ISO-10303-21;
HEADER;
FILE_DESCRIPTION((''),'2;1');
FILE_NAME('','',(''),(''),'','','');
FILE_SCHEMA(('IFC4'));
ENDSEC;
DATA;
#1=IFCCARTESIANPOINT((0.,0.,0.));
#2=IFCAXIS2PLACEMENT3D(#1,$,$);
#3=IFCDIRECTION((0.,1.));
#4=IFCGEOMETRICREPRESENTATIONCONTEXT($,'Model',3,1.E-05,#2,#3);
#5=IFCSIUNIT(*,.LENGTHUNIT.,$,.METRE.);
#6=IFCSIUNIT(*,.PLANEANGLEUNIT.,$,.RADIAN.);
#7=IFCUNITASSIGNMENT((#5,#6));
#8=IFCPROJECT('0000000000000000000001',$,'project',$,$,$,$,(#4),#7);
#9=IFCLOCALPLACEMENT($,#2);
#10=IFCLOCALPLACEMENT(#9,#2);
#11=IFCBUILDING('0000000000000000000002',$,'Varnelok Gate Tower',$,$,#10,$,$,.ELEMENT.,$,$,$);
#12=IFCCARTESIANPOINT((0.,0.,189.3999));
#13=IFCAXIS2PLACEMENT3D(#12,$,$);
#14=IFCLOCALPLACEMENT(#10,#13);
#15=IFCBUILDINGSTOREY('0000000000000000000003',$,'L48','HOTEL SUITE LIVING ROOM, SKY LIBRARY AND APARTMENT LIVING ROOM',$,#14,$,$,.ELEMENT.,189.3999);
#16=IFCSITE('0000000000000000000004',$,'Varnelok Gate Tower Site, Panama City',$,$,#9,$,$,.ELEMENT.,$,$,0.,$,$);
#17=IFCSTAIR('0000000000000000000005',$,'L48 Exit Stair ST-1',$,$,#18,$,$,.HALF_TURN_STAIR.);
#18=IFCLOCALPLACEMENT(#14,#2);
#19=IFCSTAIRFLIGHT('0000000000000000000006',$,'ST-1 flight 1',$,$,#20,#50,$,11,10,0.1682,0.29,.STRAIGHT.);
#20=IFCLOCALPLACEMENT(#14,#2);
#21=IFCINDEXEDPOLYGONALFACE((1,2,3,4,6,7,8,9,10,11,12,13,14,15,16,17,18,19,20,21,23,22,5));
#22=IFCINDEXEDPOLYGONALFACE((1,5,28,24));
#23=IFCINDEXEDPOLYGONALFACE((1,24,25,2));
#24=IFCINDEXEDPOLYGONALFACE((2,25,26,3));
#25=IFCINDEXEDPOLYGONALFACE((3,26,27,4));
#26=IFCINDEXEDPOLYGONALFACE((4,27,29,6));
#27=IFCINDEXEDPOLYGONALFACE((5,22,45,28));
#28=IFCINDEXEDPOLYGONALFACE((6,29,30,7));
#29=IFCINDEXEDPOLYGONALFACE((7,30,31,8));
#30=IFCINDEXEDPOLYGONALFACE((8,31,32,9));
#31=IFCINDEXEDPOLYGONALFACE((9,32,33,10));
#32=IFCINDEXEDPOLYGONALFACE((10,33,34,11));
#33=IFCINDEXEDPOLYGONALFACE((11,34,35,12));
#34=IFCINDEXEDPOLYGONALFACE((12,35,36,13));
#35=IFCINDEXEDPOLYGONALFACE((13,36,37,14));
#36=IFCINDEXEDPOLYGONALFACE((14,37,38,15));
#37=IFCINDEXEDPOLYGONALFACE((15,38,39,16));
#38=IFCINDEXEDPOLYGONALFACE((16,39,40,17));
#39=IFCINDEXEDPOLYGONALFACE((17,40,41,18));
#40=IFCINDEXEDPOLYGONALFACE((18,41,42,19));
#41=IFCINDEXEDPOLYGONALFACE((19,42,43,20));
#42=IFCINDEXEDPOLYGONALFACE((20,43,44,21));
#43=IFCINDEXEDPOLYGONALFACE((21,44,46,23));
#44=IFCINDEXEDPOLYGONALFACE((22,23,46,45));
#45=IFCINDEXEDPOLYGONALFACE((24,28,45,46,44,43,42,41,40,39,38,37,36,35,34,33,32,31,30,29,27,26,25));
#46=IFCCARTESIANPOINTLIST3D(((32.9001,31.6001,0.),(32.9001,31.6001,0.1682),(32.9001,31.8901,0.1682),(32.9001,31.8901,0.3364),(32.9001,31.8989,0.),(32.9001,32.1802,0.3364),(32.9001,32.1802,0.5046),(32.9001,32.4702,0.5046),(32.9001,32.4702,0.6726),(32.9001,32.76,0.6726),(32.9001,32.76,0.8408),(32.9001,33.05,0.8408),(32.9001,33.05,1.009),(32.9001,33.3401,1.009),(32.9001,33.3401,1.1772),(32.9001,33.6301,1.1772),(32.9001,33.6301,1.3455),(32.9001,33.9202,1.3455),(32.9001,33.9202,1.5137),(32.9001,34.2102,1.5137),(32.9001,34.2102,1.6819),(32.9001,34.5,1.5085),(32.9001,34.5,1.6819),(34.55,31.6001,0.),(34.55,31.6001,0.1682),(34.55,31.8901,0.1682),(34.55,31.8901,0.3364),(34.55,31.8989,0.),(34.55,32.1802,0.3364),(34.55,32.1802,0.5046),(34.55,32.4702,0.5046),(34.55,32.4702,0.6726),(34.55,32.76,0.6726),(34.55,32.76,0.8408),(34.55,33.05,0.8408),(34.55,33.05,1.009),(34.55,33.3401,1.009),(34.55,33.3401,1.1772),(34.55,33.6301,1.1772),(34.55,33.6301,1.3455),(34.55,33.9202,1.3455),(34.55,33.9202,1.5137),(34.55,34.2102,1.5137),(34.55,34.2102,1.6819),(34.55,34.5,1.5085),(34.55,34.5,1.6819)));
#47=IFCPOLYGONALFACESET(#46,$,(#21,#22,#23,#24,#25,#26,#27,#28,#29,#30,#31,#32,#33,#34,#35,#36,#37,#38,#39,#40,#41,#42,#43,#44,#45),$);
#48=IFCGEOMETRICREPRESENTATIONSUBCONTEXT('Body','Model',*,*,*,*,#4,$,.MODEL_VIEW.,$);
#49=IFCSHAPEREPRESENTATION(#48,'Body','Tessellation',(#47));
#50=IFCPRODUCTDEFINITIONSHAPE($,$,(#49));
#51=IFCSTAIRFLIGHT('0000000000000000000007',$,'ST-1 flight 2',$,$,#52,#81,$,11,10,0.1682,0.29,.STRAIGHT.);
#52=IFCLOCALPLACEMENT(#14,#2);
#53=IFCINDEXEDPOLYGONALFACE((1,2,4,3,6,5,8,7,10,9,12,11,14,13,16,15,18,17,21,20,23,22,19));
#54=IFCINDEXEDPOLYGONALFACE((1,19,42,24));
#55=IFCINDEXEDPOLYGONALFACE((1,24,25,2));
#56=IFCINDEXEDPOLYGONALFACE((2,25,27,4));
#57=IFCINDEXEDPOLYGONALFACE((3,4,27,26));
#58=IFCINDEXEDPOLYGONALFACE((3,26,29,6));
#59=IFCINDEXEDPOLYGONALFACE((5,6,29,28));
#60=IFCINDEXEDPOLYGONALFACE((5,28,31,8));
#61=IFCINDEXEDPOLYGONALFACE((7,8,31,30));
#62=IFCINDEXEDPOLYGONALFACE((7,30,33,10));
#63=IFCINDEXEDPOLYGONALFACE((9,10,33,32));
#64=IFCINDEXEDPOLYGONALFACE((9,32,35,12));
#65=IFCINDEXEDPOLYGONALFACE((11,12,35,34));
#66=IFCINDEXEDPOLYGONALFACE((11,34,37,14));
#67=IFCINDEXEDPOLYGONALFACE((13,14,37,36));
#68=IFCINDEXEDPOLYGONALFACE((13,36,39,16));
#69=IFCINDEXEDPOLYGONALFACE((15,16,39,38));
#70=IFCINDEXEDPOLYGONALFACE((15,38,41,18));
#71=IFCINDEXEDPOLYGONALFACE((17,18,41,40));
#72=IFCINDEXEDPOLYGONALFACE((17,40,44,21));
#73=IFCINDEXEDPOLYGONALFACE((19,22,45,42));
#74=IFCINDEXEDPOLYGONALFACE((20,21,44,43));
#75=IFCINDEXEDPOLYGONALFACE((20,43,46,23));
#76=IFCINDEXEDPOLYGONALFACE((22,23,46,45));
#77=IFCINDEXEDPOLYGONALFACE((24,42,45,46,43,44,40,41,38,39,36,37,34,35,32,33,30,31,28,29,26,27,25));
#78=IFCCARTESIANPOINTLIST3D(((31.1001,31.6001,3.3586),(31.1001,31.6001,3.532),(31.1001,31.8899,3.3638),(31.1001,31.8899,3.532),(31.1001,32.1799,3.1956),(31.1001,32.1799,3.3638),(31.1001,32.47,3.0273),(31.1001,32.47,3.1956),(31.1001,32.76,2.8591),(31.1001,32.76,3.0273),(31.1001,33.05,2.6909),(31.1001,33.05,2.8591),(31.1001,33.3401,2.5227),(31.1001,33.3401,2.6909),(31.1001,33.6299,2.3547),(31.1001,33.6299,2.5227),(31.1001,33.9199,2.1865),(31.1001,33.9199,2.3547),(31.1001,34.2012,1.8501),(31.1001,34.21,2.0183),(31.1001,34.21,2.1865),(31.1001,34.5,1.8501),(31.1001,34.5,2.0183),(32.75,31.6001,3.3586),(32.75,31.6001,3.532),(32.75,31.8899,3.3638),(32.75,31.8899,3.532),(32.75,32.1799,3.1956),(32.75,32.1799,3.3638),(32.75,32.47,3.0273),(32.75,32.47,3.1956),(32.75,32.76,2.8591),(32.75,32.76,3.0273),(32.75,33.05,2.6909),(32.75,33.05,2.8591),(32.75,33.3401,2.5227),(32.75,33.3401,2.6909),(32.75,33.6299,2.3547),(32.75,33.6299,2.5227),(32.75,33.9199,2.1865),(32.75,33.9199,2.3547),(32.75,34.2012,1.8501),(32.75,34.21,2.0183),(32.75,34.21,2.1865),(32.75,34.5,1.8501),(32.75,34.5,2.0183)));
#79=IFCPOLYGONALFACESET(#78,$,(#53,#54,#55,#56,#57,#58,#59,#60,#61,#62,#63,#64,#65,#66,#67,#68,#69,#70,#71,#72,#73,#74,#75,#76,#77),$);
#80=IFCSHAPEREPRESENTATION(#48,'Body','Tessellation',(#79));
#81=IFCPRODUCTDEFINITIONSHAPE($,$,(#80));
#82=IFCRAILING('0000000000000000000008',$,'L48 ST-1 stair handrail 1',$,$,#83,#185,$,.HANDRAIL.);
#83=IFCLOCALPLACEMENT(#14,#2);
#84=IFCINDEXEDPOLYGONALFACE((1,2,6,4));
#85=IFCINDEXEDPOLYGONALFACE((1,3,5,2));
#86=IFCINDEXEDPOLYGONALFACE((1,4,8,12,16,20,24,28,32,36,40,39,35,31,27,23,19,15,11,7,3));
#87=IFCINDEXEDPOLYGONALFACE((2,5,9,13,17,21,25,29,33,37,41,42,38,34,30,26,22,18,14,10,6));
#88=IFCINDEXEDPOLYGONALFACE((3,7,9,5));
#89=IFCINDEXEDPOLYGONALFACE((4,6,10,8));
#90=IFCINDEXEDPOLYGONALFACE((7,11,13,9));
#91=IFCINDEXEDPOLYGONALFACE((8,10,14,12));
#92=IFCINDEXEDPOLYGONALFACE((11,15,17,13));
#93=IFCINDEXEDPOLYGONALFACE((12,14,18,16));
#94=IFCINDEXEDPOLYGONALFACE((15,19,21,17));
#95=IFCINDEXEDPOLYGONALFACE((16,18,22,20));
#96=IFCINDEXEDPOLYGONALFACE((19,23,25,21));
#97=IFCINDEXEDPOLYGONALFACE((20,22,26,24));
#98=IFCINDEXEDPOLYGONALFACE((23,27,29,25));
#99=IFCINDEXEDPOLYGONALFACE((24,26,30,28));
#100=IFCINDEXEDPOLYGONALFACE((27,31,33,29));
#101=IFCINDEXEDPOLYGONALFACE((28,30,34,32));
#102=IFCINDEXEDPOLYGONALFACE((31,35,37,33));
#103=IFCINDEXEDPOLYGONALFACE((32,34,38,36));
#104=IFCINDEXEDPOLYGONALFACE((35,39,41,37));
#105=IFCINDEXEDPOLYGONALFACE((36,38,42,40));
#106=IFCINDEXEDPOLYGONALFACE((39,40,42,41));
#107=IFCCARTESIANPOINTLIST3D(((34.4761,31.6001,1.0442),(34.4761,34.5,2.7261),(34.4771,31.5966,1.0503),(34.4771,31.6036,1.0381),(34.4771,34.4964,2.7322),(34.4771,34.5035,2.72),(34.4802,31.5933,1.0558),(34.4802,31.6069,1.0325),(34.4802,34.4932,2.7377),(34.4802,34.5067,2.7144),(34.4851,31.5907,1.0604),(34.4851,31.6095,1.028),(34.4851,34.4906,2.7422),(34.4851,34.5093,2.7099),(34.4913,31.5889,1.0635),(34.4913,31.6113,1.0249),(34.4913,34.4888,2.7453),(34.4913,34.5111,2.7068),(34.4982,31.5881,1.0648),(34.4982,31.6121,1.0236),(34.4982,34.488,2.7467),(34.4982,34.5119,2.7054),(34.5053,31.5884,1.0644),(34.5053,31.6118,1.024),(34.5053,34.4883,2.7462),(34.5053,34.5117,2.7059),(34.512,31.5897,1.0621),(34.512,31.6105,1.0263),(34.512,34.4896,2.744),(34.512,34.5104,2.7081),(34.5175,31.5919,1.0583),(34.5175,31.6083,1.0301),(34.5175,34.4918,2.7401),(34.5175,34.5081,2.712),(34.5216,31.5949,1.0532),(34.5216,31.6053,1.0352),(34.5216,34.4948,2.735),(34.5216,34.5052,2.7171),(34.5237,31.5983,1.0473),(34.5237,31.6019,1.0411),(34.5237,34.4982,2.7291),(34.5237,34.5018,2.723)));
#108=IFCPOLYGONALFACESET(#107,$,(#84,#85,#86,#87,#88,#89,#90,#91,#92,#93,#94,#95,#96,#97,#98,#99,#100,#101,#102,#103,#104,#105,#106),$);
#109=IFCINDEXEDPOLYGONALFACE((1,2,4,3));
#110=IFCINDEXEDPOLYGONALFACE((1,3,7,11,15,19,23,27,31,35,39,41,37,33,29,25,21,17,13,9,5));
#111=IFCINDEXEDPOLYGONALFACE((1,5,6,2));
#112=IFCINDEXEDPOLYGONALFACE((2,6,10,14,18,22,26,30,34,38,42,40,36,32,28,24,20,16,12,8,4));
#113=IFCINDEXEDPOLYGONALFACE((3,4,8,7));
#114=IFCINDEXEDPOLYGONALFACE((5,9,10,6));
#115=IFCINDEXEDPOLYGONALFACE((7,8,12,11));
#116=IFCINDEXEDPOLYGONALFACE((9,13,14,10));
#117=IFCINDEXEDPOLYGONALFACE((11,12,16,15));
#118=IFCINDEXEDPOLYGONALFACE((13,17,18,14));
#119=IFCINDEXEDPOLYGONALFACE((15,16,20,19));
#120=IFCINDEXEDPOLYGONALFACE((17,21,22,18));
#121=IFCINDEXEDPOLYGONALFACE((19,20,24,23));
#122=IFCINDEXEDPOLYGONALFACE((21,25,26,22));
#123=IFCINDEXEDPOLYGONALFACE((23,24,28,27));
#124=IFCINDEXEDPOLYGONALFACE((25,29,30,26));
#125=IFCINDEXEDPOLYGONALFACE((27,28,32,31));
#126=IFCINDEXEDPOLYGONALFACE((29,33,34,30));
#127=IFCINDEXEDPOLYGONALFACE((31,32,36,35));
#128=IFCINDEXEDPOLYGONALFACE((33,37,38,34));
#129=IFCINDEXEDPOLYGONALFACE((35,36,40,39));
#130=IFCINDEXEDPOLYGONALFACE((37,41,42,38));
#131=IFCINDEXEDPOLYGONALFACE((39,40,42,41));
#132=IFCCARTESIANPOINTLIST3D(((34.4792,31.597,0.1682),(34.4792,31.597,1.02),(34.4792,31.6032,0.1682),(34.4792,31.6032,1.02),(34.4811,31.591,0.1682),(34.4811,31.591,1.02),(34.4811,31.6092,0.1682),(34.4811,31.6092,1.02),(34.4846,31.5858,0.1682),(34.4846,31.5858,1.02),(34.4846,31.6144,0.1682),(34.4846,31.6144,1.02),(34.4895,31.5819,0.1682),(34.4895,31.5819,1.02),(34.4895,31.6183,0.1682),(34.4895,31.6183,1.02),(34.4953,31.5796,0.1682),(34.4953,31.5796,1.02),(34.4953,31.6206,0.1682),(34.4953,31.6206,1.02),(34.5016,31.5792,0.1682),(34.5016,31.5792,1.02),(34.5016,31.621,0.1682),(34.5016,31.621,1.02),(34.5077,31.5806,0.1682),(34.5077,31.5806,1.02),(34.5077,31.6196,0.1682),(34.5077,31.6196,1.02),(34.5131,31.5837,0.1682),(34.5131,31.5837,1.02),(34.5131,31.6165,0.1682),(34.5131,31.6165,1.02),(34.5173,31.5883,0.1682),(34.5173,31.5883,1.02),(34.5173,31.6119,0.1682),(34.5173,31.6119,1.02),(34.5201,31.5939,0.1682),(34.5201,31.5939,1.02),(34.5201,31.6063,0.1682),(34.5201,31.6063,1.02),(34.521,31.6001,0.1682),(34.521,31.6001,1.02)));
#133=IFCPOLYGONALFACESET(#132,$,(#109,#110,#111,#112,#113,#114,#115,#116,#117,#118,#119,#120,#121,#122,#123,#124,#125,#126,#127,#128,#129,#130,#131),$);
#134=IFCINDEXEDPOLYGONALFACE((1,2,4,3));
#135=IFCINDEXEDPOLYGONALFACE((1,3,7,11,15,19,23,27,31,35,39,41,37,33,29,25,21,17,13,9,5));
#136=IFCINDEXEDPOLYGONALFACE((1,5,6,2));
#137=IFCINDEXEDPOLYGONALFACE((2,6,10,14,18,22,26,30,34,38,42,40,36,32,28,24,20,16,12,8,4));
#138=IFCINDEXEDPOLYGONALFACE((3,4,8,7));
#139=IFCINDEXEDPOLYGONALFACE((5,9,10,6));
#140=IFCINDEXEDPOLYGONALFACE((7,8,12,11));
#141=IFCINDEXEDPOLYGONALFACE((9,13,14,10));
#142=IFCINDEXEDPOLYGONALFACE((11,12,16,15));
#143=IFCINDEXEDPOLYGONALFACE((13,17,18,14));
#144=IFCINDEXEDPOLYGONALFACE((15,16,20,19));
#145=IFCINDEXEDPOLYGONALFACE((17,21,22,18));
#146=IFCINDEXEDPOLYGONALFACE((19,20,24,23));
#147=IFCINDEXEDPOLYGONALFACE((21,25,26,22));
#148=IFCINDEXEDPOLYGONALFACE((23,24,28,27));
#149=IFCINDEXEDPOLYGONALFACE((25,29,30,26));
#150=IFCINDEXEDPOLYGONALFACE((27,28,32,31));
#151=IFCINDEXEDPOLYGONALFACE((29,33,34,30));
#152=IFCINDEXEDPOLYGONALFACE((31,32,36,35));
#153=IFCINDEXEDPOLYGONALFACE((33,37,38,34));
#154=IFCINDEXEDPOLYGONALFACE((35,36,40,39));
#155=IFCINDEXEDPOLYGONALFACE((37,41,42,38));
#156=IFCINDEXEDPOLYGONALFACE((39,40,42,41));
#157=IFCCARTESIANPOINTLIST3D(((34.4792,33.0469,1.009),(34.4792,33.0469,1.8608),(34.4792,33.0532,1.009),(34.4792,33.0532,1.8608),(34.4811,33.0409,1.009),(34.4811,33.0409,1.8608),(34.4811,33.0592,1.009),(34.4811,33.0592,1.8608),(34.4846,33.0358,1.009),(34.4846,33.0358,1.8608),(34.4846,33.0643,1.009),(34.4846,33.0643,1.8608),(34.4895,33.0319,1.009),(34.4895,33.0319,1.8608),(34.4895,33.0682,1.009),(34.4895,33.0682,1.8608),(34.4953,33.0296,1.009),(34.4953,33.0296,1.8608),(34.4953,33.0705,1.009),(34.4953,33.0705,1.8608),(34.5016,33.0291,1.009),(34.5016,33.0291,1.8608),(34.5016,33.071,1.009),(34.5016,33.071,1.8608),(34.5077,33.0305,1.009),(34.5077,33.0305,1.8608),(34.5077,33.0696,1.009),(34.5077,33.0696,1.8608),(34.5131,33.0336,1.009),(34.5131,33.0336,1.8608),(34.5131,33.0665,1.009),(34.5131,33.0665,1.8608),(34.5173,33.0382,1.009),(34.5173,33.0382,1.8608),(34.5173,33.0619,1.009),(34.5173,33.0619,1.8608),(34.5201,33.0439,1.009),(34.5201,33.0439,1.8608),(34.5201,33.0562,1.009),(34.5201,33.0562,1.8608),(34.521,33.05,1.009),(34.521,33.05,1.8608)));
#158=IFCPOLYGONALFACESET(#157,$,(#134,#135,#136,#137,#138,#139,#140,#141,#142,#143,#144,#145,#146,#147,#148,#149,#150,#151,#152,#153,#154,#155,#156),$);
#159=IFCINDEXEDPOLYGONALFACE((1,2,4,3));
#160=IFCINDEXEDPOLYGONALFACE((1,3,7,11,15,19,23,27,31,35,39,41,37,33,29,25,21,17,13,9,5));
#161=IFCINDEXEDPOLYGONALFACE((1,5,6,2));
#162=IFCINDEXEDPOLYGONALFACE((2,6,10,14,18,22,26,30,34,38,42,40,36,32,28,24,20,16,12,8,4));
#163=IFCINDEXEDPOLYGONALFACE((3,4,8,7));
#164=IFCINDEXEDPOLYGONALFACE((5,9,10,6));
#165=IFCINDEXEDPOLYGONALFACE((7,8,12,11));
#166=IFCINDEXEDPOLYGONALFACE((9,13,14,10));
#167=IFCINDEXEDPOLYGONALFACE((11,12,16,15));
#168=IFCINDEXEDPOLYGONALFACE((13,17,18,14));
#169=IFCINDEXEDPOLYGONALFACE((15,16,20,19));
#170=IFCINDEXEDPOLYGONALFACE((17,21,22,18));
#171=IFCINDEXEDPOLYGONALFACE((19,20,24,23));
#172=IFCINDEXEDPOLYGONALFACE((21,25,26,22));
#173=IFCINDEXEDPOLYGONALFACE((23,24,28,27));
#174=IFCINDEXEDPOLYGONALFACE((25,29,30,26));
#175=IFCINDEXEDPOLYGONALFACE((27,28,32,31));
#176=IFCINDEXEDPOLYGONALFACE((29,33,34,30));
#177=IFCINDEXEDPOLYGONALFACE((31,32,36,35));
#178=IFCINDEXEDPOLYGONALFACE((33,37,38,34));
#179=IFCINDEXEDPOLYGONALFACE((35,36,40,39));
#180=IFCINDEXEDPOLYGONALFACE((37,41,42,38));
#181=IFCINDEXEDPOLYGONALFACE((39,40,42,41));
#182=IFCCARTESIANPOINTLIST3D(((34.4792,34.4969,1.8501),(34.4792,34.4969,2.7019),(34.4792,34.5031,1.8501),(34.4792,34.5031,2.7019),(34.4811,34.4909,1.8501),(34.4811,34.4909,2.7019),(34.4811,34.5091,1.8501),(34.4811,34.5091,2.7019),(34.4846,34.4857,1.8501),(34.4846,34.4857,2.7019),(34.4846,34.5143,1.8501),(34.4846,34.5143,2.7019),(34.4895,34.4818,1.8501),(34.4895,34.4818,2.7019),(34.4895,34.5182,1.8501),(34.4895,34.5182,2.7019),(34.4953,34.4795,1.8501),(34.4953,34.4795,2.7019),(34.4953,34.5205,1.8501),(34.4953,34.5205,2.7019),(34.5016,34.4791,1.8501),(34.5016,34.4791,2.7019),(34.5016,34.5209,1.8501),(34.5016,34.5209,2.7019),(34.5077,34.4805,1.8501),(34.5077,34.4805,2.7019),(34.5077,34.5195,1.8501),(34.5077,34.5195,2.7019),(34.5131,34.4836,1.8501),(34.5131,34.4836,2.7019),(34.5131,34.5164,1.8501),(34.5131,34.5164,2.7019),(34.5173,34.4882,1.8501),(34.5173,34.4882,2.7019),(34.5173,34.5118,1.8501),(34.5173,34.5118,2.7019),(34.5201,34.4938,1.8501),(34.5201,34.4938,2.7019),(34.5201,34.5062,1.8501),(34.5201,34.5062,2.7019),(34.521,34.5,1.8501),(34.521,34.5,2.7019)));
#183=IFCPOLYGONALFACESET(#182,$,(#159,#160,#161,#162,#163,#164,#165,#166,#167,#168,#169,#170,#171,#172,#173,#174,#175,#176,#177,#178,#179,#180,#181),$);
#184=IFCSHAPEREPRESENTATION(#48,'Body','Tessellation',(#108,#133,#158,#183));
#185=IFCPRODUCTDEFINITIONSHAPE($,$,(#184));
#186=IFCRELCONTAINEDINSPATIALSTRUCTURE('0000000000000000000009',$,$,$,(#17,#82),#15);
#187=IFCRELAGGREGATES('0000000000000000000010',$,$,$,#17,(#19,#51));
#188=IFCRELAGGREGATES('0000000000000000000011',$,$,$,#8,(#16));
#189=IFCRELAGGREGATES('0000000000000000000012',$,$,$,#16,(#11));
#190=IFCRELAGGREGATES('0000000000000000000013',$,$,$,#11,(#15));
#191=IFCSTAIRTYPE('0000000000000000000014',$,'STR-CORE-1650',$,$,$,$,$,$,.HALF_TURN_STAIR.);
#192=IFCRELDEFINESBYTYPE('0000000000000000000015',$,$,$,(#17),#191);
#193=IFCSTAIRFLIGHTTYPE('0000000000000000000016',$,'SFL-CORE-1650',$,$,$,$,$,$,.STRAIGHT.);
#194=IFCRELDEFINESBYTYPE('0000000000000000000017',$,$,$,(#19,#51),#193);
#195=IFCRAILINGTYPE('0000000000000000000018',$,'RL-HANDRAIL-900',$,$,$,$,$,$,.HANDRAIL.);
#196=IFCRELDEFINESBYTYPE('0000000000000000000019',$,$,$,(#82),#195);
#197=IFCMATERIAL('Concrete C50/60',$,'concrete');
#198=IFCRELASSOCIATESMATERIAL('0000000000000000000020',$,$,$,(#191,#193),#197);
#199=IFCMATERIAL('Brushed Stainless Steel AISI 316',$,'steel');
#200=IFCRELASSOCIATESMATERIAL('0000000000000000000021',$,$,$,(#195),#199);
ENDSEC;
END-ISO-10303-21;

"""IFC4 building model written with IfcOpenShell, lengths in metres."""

from ifc_helpers import new_model, si_unit, direction, frame, origin, origin_2d, place, context, subcontext, project, spatial, polyline, circle, outline, extrude, material, type_object, element, aggregate, save


model = new_model("IFC4")

# Units and contexts
model_context = context("Model", 3, precision=1e-05, world=origin(), true_north=direction((0.0, 1.0)))
body_context = subcontext(model_context, "Body", "Model", "MODEL_VIEW")
ifc_project = project(units=[si_unit("LENGTHUNIT", "METRE"), si_unit("PLANEANGLEUNIT", "RADIAN")], contexts=[model_context])

# Site, building, storey
site_placement = place(None, origin())
site = spatial("IfcSite", under=ifc_project, at=site_placement, Name="Varnelok Gate Tower Site, Panama City", CompositionType="ELEMENT", RefElevation=0.0)
building_placement = place(site_placement, origin())
building = spatial("IfcBuilding", under=site, at=building_placement, Name="Varnelok Gate Tower", CompositionType="ELEMENT")
storey_placement = place(building_placement, frame((0.0, 0.0, 189.3999)))
storey = spatial("IfcBuildingStorey", under=building, at=storey_placement, Name="L48", Description="HOTEL SUITE LIVING ROOM, SKY LIBRARY AND APARTMENT LIVING ROOM", CompositionType="ELEMENT", Elevation=189.3999)

# Stair, stair flights
ifc_material_1 = material(Name="Concrete C50/60", Category="concrete")
stair_type = type_object("IfcStairType", Name="STR-CORE-1650", PredefinedType="HALF_TURN_STAIR", material=ifc_material_1)
stair_placement = place(storey_placement, origin())
stair = element("IfcStair", 1, at=stair_placement, inside=storey, type_object=stair_type, Name="L48 Exit Stair ST-1", PredefinedType="HALF_TURN_STAIR")
stair_flight_type = type_object("IfcStairFlightType", Name="SFL-CORE-1650", PredefinedType="STRAIGHT", material=ifc_material_1)
stair_flight_1_placement = place(storey_placement, frame((33.7251, 31.6001, 0.0), z_axis=(0.0, 0.0, 1.0), x_axis=(0.0, 1.0, 0.0)))
stair_flight_1 = element("IfcStairFlight", 2, at=stair_flight_1_placement, type_object=stair_flight_type, Name="ST-1 flight 1", NumberOfRisers=11, NumberOfTreads=10, PredefinedType="STRAIGHT", RiserHeight=0.1682, TreadLength=0.29, context=body_context, shape_type="SweptSolid", body=[
    extrude(outline(polyline([(0.0, 0.0), (0.0, 0.1682), (0.29, 0.1682), (0.29, 0.3364), (0.5801, 0.3364), (0.5801, 0.5046), (0.8701, 0.5046), (0.8701, 0.6726), (1.1599, 0.6726), (1.1599, 0.8408), (1.45, 0.8408), (1.45, 1.009), (1.74, 1.009), (1.74, 1.1772), (2.03, 1.1772), (2.03, 1.3455), (2.3201, 1.3455), (2.3201, 1.5137), (2.6101, 1.5137), (2.6101, 1.6819), (2.8999, 1.6819), (2.8999, 1.8501), (2.8999, 1.5085), (0.2988, 0.0), (0.0, 0.0)])), frame((0.0, 0.825, 0.0), z_axis=(0.0, -1.0, 0.0), x_axis=(1.0, 0.0, 0.0)), (0.0, 0.0, 1.0), 1.6499),
])
stair_flight_2_placement = place(storey_placement, frame((31.925, 34.5, 1.8501), z_axis=(0.0, 0.0, 1.0), x_axis=(0.0, -1.0, 0.0)))
stair_flight_2 = element("IfcStairFlight", 3, at=stair_flight_2_placement, type_object=stair_flight_type, Name="ST-1 flight 2", NumberOfRisers=11, NumberOfTreads=10, PredefinedType="STRAIGHT", RiserHeight=0.1682, TreadLength=0.29, context=body_context, shape_type="SweptSolid", body=[
    extrude(outline(polyline([(0.0, 0.0), (0.0, 0.1682), (0.29, 0.1682), (0.29, 0.3364), (0.5801, 0.3364), (0.5801, 0.5046), (0.8701, 0.5046), (0.8701, 0.6726), (1.1599, 0.6726), (1.1599, 0.8408), (1.45, 0.8408), (1.45, 1.009), (1.74, 1.009), (1.74, 1.1772), (2.03, 1.1772), (2.03, 1.3455), (2.3201, 1.3455), (2.3201, 1.5137), (2.6101, 1.5137), (2.6101, 1.6819), (2.8999, 1.6819), (2.8999, 1.8501), (2.8999, 1.5085), (0.2988, 0.0), (0.0, 0.0)])), frame((0.0, 0.825, 0.0), z_axis=(0.0, -1.0, 0.0), x_axis=(1.0, 0.0, 0.0)), (0.0, 0.0, 1.0), 1.6499),
])
aggregate(stair, [stair_flight_1, stair_flight_2])

# Railing
ifc_material_2 = material(Name="Brushed Stainless Steel AISI 316", Category="steel")
railing_type_1 = type_object("IfcRailingType", Name="RL-HANDRAIL-900", PredefinedType="HANDRAIL", material=ifc_material_2)
railing_1_placement = place(storey_placement, frame((34.5, 31.6001, 0.1682)))
element("IfcRailing", 4, at=railing_1_placement, inside=storey, type_object=railing_type_1, Name="L48 ST-1 stair handrail 1", PredefinedType="HANDRAIL", context=body_context, shape_type="SweptSolid", body=[
    extrude(circle(Radius=0.0239, at=origin_2d()), frame((0.0, 0.0, 0.876), z_axis=(0.0, 0.865039, 0.501705), x_axis=(-1.0, 0.0, 0.0)), (0.0, 0.0, 1.0), 3.3523),
    extrude(circle(Radius=0.021, at=origin_2d()), origin(), (0.0, 0.0, 1.0), 0.8518),
    extrude(circle(Radius=0.021, at=origin_2d()), frame((0.0, 1.45, 0.8408)), (0.0, 0.0, 1.0), 0.8518),
    extrude(circle(Radius=0.021, at=origin_2d()), frame((0.0, 2.8999, 1.6819)), (0.0, 0.0, 1.0), 0.8518),
])

save(model, "model.ifc")
